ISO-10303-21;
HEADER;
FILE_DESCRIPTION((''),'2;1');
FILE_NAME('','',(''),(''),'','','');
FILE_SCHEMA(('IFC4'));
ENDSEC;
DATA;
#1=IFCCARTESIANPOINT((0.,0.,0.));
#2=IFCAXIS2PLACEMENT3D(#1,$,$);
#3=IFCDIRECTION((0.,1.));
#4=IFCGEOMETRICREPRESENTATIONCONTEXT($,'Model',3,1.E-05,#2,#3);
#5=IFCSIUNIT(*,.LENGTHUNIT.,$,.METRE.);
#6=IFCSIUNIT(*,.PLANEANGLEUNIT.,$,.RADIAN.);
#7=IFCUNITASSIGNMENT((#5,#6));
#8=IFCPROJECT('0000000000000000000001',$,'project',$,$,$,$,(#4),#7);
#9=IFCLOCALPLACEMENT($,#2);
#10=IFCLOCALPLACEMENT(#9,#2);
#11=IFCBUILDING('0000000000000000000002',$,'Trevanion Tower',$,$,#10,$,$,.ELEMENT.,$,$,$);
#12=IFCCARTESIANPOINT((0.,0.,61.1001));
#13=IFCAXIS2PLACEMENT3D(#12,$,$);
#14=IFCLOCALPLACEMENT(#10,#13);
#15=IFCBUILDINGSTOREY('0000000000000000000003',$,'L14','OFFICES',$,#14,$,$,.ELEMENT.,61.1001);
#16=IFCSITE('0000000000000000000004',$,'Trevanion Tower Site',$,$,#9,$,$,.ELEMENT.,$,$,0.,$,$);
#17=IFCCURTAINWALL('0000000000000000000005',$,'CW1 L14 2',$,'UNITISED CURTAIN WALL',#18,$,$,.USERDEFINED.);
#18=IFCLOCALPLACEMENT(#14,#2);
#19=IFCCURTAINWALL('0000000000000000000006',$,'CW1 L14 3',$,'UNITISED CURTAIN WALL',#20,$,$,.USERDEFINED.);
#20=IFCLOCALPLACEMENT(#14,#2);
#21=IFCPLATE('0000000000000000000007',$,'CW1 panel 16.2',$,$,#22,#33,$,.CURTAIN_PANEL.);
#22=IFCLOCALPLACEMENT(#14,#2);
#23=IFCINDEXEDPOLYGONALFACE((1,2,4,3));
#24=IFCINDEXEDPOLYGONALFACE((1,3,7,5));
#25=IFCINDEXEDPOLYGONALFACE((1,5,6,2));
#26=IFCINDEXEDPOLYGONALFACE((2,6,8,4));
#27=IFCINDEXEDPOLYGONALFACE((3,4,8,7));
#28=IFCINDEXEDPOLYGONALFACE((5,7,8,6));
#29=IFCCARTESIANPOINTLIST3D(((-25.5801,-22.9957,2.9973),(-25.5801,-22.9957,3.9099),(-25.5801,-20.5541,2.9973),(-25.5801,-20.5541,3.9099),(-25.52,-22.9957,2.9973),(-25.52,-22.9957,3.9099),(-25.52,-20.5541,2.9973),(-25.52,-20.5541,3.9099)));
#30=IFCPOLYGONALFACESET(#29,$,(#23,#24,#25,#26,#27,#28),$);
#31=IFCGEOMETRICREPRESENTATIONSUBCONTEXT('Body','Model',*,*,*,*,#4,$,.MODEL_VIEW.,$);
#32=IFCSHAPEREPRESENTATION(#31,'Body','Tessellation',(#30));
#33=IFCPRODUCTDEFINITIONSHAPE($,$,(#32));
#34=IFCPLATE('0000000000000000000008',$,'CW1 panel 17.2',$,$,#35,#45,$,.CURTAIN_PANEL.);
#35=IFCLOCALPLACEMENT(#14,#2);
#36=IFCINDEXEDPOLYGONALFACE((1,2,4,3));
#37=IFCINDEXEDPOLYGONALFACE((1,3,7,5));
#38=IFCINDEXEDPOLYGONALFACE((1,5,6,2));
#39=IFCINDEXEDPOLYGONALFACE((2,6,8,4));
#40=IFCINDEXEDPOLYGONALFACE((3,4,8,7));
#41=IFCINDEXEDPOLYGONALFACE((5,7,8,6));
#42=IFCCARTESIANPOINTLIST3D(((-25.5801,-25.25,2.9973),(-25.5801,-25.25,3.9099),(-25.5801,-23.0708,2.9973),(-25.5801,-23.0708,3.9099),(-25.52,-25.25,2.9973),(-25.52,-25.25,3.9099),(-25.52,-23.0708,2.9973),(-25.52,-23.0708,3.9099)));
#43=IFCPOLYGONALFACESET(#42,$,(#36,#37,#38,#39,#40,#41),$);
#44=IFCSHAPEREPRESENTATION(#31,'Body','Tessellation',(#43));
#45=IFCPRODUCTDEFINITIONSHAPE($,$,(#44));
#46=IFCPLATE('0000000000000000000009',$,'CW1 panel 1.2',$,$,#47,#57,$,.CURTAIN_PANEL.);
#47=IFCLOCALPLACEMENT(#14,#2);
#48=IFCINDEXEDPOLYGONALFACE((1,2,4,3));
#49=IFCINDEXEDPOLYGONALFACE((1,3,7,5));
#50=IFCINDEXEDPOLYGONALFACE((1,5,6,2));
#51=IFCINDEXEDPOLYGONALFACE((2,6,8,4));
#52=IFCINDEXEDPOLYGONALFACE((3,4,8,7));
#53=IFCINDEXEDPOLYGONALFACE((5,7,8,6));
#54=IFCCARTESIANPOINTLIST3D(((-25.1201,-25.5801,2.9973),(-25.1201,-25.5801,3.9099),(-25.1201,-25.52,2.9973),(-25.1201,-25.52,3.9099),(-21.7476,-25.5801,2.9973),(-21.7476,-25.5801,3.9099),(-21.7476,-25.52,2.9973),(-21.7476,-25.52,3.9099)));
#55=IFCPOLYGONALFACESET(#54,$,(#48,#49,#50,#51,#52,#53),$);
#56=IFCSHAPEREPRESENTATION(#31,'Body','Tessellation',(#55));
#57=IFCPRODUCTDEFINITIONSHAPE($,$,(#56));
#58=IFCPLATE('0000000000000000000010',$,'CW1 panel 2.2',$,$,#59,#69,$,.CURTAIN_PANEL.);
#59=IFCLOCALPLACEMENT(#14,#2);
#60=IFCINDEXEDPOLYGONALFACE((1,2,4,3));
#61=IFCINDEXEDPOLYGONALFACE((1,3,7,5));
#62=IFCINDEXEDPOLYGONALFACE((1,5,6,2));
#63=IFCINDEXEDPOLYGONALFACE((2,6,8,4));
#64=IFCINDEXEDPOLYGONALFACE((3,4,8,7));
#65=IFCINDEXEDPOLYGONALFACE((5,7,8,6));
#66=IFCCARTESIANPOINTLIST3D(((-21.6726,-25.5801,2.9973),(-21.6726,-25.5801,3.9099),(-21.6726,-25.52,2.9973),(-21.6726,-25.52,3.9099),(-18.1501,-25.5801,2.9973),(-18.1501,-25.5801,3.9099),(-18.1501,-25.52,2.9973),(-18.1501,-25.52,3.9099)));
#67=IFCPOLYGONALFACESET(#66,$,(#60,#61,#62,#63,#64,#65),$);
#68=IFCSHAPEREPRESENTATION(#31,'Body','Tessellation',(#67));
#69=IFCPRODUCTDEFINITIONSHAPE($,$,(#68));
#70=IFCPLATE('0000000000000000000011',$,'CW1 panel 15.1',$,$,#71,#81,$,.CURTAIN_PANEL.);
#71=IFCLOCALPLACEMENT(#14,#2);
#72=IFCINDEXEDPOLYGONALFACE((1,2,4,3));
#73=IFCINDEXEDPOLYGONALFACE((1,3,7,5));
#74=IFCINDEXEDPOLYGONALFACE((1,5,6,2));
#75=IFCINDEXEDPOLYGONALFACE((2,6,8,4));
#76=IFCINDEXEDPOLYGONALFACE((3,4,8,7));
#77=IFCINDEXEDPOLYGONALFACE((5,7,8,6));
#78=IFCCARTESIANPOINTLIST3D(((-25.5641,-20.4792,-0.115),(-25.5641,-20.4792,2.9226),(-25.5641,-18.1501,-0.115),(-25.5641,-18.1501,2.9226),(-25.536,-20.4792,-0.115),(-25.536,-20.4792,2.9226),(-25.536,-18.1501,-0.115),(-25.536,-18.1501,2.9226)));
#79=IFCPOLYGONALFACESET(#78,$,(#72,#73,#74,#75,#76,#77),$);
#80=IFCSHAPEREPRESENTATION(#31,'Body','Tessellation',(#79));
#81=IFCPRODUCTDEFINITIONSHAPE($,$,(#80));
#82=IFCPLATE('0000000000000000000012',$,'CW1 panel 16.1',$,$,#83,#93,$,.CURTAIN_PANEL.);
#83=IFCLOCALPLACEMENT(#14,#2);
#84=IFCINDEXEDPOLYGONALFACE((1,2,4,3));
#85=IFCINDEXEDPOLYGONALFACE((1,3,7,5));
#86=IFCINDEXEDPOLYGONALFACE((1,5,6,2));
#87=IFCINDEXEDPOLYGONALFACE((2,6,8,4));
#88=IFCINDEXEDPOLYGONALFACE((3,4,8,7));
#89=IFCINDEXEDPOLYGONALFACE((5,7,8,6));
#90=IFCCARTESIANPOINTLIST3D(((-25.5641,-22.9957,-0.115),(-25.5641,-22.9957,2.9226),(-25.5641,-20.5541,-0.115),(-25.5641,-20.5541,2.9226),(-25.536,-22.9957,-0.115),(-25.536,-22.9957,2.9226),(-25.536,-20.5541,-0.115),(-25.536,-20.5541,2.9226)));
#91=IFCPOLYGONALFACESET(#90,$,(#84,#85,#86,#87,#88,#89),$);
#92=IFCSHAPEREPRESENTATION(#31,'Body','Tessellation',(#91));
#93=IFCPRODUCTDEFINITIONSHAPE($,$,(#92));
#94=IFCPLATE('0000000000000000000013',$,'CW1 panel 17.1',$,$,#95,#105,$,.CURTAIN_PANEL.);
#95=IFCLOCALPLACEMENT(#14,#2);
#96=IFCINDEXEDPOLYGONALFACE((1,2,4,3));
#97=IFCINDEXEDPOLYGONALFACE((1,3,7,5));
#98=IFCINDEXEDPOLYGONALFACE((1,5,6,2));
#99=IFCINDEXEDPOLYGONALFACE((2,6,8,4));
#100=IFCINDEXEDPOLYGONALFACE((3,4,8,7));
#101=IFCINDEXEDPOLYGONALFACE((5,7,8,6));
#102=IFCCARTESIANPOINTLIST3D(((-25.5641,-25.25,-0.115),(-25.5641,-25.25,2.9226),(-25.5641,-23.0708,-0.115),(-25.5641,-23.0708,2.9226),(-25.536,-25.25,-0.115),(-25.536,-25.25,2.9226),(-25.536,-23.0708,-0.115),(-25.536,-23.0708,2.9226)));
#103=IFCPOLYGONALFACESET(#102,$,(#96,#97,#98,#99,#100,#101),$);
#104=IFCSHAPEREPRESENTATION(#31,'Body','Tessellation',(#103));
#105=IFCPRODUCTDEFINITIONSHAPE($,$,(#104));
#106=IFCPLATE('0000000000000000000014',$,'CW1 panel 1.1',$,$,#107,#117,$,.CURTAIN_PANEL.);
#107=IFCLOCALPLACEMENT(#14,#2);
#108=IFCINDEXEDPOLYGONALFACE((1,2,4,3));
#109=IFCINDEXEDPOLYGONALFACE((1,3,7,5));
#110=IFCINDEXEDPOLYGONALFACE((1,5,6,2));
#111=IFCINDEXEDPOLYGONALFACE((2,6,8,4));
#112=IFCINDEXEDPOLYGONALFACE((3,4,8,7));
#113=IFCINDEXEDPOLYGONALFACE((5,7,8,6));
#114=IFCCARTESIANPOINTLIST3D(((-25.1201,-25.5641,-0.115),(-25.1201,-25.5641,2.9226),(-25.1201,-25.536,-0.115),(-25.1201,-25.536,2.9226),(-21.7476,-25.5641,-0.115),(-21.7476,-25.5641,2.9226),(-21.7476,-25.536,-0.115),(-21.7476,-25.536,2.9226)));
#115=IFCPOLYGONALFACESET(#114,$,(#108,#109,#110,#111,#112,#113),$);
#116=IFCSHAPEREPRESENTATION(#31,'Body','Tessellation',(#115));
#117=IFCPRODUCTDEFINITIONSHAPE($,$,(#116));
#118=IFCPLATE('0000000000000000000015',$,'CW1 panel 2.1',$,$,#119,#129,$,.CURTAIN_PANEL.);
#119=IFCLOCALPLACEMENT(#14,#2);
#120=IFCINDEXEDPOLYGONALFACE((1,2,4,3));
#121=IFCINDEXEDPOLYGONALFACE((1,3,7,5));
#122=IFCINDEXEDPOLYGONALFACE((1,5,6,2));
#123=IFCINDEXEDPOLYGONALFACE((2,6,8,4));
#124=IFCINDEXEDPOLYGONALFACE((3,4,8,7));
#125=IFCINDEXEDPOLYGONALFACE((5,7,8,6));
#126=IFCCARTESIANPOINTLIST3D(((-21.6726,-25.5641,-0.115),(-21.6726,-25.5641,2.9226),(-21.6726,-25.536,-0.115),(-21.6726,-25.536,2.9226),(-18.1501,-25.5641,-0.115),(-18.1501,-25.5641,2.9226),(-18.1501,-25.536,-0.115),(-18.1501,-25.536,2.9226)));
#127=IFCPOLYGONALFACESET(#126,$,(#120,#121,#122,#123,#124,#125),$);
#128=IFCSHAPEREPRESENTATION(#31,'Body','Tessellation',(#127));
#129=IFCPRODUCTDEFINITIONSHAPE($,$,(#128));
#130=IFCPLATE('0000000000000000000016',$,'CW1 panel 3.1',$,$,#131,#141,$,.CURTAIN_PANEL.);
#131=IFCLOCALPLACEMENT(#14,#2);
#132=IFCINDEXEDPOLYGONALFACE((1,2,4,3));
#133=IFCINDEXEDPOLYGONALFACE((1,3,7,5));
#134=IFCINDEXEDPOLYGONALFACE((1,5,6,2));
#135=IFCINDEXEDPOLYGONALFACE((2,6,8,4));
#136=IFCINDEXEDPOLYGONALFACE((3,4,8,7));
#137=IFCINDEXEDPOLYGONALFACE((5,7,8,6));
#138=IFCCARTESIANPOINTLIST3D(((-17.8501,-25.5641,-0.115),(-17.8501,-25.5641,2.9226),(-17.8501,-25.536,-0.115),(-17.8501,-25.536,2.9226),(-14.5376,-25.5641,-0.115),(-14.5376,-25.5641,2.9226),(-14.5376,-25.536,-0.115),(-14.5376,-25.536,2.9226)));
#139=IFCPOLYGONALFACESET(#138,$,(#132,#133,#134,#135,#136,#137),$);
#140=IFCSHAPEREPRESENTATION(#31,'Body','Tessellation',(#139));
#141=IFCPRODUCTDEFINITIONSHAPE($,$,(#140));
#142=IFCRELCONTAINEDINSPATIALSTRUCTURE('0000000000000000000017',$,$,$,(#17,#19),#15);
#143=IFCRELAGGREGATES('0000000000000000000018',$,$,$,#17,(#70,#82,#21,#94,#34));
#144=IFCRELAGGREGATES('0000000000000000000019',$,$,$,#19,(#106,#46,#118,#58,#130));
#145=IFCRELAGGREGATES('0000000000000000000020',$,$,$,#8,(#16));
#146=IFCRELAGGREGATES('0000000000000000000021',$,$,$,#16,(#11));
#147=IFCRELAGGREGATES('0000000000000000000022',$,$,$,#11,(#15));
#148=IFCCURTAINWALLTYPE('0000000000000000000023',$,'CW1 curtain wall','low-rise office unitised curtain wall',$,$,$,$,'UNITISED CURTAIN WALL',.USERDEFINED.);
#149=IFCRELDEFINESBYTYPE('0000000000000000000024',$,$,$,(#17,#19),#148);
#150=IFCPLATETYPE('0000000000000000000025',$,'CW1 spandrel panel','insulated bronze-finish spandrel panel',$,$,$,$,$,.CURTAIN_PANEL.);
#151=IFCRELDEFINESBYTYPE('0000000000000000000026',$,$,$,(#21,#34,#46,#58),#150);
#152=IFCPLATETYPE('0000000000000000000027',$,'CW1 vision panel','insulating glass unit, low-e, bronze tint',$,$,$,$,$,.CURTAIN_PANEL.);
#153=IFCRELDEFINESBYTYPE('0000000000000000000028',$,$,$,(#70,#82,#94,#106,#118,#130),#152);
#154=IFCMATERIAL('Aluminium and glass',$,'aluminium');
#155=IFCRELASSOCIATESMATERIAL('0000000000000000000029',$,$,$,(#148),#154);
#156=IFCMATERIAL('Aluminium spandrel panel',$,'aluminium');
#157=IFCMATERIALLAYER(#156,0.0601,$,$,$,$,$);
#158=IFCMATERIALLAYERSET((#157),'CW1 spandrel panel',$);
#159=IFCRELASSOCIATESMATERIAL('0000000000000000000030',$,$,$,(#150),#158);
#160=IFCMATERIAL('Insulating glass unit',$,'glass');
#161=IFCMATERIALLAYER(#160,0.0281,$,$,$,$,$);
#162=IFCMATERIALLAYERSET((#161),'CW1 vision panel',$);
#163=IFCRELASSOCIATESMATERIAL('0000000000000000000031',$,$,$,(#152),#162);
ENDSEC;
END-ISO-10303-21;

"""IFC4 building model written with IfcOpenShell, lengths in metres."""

from ifc_helpers import new_model, si_unit, direction, frame, origin, origin_2d, place, context, subcontext, project, spatial, rectangle, extrude, material, layer, layer_set, type_object, element, aggregate, save


model = new_model("IFC4")

# Units and contexts
model_context = context("Model", 3, precision=1e-05, world=origin(), true_north=direction((0.0, 1.0)))
body_context = subcontext(model_context, "Body", "Model", "MODEL_VIEW")
ifc_project = project(units=[si_unit("LENGTHUNIT", "METRE"), si_unit("PLANEANGLEUNIT", "RADIAN")], contexts=[model_context])

# Site, building, storey
site_placement = place(None, origin())
site = spatial("IfcSite", under=ifc_project, at=site_placement, Name="Trevanion Tower Site", CompositionType="ELEMENT", RefElevation=0.0)
building_placement = place(site_placement, origin())
building = spatial("IfcBuilding", under=site, at=building_placement, Name="Trevanion Tower", CompositionType="ELEMENT")
storey_placement = place(building_placement, frame((0.0, 0.0, 61.1001)))
storey = spatial("IfcBuildingStorey", under=building, at=storey_placement, Name="L14", Description="OFFICES", CompositionType="ELEMENT", Elevation=61.1001)

# Curtain wall
ifc_material_1 = material(Name="Aluminium and glass", Category="aluminium")
curtain_wall_type = type_object("IfcCurtainWallType", Name="CW1 curtain wall", Description="low-rise office unitised curtain wall", ElementType="UNITISED CURTAIN WALL", PredefinedType="USERDEFINED", material=ifc_material_1)
curtain_wall_1_placement = place(storey_placement, origin())
curtain_wall_1 = element("IfcCurtainWall", 1, at=curtain_wall_1_placement, inside=storey, type_object=curtain_wall_type, Name="CW1 L14 2", ObjectType="UNITISED CURTAIN WALL", PredefinedType="USERDEFINED")

# Curtain wall
curtain_wall_2_placement = place(storey_placement, origin())
curtain_wall_2 = element("IfcCurtainWall", 2, at=curtain_wall_2_placement, inside=storey, type_object=curtain_wall_type, Name="CW1 L14 3", ObjectType="UNITISED CURTAIN WALL", PredefinedType="USERDEFINED")

# Plates
ifc_material_2 = material(Name="Aluminium spandrel panel", Category="aluminium")
ifc_layer_1 = layer(ifc_material_2, 0.0601)
ifc_layer_set_1 = layer_set([ifc_layer_1], Name="CW1 spandrel panel")
plate_type_1 = type_object("IfcPlateType", Name="CW1 spandrel panel", Description="insulated bronze-finish spandrel panel", PredefinedType="CURTAIN_PANEL", material=ifc_layer_set_1)
plate_1_placement = place(storey_placement, frame((-25.55, -21.7749, 2.9973), z_axis=(0.0, 0.0, 1.0), x_axis=(0.0, -1.0, 0.0)))
plate_1 = element("IfcPlate", 3, at=plate_1_placement, type_object=plate_type_1, Name="CW1 panel 16.2", PredefinedType="CURTAIN_PANEL", context=body_context, shape_type="SweptSolid", body=[
    extrude(rectangle(XDim=2.4417, YDim=0.0601, at=origin_2d()), origin(), (0.0, 0.0, 1.0), 0.9126),
])
plate_2_placement = place(storey_placement, frame((-25.55, -24.1604, 2.9973), z_axis=(0.0, 0.0, 1.0), x_axis=(0.0, -1.0, 0.0)))
plate_2 = element("IfcPlate", 4, at=plate_2_placement, type_object=plate_type_1, Name="CW1 panel 17.2", PredefinedType="CURTAIN_PANEL", context=body_context, shape_type="SweptSolid", body=[
    extrude(rectangle(XDim=2.1792, YDim=0.0601, at=origin_2d()), origin(), (0.0, 0.0, 1.0), 0.9126),
])
plate_3_placement = place(storey_placement, frame((-23.4338, -25.55, 2.9973), z_axis=(0.0, 0.0, 1.0), x_axis=(1.0, 0.0, 0.0)))
plate_3 = element("IfcPlate", 5, at=plate_3_placement, type_object=plate_type_1, Name="CW1 panel 1.2", PredefinedType="CURTAIN_PANEL", context=body_context, shape_type="SweptSolid", body=[
    extrude(rectangle(XDim=3.3726, YDim=0.0601, at=origin_2d()), origin(), (0.0, 0.0, 1.0), 0.9126),
])
plate_4_placement = place(storey_placement, frame((-19.9114, -25.55, 2.9973), z_axis=(0.0, 0.0, 1.0), x_axis=(1.0, 0.0, 0.0)))
plate_4 = element("IfcPlate", 6, at=plate_4_placement, type_object=plate_type_1, Name="CW1 panel 2.2", PredefinedType="CURTAIN_PANEL", context=body_context, shape_type="SweptSolid", body=[
    extrude(rectangle(XDim=3.5225, YDim=0.0601, at=origin_2d()), origin(), (0.0, 0.0, 1.0), 0.9126),
])
ifc_material_3 = material(Name="Insulating glass unit", Category="glass")
ifc_layer_2 = layer(ifc_material_3, 0.0281)
ifc_layer_set_2 = layer_set([ifc_layer_2], Name="CW1 vision panel")
plate_type_2 = type_object("IfcPlateType", Name="CW1 vision panel", Description="insulating glass unit, low-e, bronze tint", PredefinedType="CURTAIN_PANEL", material=ifc_layer_set_2)
plate_5_placement = place(storey_placement, frame((-25.55, -19.3147, -0.115), z_axis=(0.0, 0.0, 1.0), x_axis=(0.0, -1.0, 0.0)))
plate_5 = element("IfcPlate", 7, at=plate_5_placement, type_object=plate_type_2, Name="CW1 panel 15.1", PredefinedType="CURTAIN_PANEL", context=body_context, shape_type="SweptSolid", body=[
    extrude(rectangle(XDim=2.3291, YDim=0.0281, at=origin_2d()), origin(), (0.0, 0.0, 1.0), 3.0376),
])
plate_6_placement = place(storey_placement, frame((-25.55, -21.7749, -0.115), z_axis=(0.0, 0.0, 1.0), x_axis=(0.0, -1.0, 0.0)))
plate_6 = element("IfcPlate", 8, at=plate_6_placement, type_object=plate_type_2, Name="CW1 panel 16.1", PredefinedType="CURTAIN_PANEL", context=body_context, shape_type="SweptSolid", body=[
    extrude(rectangle(XDim=2.4417, YDim=0.0281, at=origin_2d()), origin(), (0.0, 0.0, 1.0), 3.0376),
])
plate_7_placement = place(storey_placement, frame((-25.55, -24.1604, -0.115), z_axis=(0.0, 0.0, 1.0), x_axis=(0.0, -1.0, 0.0)))
plate_7 = element("IfcPlate", 9, at=plate_7_placement, type_object=plate_type_2, Name="CW1 panel 17.1", PredefinedType="CURTAIN_PANEL", context=body_context, shape_type="SweptSolid", body=[
    extrude(rectangle(XDim=2.1792, YDim=0.0281, at=origin_2d()), origin(), (0.0, 0.0, 1.0), 3.0376),
])
aggregate(curtain_wall_1, [plate_5, plate_6, plate_1, plate_7, plate_2])
plate_8_placement = place(storey_placement, frame((-23.4338, -25.55, -0.115), z_axis=(0.0, 0.0, 1.0), x_axis=(1.0, 0.0, 0.0)))
plate_8 = element("IfcPlate", 10, at=plate_8_placement, type_object=plate_type_2, Name="CW1 panel 1.1", PredefinedType="CURTAIN_PANEL", context=body_context, shape_type="SweptSolid", body=[
    extrude(rectangle(XDim=3.3726, YDim=0.0281, at=origin_2d()), origin(), (0.0, 0.0, 1.0), 3.0376),
])
plate_9_placement = place(storey_placement, frame((-19.9114, -25.55, -0.115), z_axis=(0.0, 0.0, 1.0), x_axis=(1.0, 0.0, 0.0)))
plate_9 = element("IfcPlate", 11, at=plate_9_placement, type_object=plate_type_2, Name="CW1 panel 2.1", PredefinedType="CURTAIN_PANEL", context=body_context, shape_type="SweptSolid", body=[
    extrude(rectangle(XDim=3.5225, YDim=0.0281, at=origin_2d()), origin(), (0.0, 0.0, 1.0), 3.0376),
])
plate_10_placement = place(storey_placement, frame((-16.1938, -25.55, -0.115), z_axis=(0.0, 0.0, 1.0), x_axis=(1.0, 0.0, 0.0)))
plate_10 = element("IfcPlate", 12, at=plate_10_placement, type_object=plate_type_2, Name="CW1 panel 3.1", PredefinedType="CURTAIN_PANEL", context=body_context, shape_type="SweptSolid", body=[
    extrude(rectangle(XDim=3.3125, YDim=0.0281, at=origin_2d()), origin(), (0.0, 0.0, 1.0), 3.0376),
])
aggregate(curtain_wall_2, [plate_8, plate_3, plate_9, plate_4, plate_10])

save(model, "model.ifc")
